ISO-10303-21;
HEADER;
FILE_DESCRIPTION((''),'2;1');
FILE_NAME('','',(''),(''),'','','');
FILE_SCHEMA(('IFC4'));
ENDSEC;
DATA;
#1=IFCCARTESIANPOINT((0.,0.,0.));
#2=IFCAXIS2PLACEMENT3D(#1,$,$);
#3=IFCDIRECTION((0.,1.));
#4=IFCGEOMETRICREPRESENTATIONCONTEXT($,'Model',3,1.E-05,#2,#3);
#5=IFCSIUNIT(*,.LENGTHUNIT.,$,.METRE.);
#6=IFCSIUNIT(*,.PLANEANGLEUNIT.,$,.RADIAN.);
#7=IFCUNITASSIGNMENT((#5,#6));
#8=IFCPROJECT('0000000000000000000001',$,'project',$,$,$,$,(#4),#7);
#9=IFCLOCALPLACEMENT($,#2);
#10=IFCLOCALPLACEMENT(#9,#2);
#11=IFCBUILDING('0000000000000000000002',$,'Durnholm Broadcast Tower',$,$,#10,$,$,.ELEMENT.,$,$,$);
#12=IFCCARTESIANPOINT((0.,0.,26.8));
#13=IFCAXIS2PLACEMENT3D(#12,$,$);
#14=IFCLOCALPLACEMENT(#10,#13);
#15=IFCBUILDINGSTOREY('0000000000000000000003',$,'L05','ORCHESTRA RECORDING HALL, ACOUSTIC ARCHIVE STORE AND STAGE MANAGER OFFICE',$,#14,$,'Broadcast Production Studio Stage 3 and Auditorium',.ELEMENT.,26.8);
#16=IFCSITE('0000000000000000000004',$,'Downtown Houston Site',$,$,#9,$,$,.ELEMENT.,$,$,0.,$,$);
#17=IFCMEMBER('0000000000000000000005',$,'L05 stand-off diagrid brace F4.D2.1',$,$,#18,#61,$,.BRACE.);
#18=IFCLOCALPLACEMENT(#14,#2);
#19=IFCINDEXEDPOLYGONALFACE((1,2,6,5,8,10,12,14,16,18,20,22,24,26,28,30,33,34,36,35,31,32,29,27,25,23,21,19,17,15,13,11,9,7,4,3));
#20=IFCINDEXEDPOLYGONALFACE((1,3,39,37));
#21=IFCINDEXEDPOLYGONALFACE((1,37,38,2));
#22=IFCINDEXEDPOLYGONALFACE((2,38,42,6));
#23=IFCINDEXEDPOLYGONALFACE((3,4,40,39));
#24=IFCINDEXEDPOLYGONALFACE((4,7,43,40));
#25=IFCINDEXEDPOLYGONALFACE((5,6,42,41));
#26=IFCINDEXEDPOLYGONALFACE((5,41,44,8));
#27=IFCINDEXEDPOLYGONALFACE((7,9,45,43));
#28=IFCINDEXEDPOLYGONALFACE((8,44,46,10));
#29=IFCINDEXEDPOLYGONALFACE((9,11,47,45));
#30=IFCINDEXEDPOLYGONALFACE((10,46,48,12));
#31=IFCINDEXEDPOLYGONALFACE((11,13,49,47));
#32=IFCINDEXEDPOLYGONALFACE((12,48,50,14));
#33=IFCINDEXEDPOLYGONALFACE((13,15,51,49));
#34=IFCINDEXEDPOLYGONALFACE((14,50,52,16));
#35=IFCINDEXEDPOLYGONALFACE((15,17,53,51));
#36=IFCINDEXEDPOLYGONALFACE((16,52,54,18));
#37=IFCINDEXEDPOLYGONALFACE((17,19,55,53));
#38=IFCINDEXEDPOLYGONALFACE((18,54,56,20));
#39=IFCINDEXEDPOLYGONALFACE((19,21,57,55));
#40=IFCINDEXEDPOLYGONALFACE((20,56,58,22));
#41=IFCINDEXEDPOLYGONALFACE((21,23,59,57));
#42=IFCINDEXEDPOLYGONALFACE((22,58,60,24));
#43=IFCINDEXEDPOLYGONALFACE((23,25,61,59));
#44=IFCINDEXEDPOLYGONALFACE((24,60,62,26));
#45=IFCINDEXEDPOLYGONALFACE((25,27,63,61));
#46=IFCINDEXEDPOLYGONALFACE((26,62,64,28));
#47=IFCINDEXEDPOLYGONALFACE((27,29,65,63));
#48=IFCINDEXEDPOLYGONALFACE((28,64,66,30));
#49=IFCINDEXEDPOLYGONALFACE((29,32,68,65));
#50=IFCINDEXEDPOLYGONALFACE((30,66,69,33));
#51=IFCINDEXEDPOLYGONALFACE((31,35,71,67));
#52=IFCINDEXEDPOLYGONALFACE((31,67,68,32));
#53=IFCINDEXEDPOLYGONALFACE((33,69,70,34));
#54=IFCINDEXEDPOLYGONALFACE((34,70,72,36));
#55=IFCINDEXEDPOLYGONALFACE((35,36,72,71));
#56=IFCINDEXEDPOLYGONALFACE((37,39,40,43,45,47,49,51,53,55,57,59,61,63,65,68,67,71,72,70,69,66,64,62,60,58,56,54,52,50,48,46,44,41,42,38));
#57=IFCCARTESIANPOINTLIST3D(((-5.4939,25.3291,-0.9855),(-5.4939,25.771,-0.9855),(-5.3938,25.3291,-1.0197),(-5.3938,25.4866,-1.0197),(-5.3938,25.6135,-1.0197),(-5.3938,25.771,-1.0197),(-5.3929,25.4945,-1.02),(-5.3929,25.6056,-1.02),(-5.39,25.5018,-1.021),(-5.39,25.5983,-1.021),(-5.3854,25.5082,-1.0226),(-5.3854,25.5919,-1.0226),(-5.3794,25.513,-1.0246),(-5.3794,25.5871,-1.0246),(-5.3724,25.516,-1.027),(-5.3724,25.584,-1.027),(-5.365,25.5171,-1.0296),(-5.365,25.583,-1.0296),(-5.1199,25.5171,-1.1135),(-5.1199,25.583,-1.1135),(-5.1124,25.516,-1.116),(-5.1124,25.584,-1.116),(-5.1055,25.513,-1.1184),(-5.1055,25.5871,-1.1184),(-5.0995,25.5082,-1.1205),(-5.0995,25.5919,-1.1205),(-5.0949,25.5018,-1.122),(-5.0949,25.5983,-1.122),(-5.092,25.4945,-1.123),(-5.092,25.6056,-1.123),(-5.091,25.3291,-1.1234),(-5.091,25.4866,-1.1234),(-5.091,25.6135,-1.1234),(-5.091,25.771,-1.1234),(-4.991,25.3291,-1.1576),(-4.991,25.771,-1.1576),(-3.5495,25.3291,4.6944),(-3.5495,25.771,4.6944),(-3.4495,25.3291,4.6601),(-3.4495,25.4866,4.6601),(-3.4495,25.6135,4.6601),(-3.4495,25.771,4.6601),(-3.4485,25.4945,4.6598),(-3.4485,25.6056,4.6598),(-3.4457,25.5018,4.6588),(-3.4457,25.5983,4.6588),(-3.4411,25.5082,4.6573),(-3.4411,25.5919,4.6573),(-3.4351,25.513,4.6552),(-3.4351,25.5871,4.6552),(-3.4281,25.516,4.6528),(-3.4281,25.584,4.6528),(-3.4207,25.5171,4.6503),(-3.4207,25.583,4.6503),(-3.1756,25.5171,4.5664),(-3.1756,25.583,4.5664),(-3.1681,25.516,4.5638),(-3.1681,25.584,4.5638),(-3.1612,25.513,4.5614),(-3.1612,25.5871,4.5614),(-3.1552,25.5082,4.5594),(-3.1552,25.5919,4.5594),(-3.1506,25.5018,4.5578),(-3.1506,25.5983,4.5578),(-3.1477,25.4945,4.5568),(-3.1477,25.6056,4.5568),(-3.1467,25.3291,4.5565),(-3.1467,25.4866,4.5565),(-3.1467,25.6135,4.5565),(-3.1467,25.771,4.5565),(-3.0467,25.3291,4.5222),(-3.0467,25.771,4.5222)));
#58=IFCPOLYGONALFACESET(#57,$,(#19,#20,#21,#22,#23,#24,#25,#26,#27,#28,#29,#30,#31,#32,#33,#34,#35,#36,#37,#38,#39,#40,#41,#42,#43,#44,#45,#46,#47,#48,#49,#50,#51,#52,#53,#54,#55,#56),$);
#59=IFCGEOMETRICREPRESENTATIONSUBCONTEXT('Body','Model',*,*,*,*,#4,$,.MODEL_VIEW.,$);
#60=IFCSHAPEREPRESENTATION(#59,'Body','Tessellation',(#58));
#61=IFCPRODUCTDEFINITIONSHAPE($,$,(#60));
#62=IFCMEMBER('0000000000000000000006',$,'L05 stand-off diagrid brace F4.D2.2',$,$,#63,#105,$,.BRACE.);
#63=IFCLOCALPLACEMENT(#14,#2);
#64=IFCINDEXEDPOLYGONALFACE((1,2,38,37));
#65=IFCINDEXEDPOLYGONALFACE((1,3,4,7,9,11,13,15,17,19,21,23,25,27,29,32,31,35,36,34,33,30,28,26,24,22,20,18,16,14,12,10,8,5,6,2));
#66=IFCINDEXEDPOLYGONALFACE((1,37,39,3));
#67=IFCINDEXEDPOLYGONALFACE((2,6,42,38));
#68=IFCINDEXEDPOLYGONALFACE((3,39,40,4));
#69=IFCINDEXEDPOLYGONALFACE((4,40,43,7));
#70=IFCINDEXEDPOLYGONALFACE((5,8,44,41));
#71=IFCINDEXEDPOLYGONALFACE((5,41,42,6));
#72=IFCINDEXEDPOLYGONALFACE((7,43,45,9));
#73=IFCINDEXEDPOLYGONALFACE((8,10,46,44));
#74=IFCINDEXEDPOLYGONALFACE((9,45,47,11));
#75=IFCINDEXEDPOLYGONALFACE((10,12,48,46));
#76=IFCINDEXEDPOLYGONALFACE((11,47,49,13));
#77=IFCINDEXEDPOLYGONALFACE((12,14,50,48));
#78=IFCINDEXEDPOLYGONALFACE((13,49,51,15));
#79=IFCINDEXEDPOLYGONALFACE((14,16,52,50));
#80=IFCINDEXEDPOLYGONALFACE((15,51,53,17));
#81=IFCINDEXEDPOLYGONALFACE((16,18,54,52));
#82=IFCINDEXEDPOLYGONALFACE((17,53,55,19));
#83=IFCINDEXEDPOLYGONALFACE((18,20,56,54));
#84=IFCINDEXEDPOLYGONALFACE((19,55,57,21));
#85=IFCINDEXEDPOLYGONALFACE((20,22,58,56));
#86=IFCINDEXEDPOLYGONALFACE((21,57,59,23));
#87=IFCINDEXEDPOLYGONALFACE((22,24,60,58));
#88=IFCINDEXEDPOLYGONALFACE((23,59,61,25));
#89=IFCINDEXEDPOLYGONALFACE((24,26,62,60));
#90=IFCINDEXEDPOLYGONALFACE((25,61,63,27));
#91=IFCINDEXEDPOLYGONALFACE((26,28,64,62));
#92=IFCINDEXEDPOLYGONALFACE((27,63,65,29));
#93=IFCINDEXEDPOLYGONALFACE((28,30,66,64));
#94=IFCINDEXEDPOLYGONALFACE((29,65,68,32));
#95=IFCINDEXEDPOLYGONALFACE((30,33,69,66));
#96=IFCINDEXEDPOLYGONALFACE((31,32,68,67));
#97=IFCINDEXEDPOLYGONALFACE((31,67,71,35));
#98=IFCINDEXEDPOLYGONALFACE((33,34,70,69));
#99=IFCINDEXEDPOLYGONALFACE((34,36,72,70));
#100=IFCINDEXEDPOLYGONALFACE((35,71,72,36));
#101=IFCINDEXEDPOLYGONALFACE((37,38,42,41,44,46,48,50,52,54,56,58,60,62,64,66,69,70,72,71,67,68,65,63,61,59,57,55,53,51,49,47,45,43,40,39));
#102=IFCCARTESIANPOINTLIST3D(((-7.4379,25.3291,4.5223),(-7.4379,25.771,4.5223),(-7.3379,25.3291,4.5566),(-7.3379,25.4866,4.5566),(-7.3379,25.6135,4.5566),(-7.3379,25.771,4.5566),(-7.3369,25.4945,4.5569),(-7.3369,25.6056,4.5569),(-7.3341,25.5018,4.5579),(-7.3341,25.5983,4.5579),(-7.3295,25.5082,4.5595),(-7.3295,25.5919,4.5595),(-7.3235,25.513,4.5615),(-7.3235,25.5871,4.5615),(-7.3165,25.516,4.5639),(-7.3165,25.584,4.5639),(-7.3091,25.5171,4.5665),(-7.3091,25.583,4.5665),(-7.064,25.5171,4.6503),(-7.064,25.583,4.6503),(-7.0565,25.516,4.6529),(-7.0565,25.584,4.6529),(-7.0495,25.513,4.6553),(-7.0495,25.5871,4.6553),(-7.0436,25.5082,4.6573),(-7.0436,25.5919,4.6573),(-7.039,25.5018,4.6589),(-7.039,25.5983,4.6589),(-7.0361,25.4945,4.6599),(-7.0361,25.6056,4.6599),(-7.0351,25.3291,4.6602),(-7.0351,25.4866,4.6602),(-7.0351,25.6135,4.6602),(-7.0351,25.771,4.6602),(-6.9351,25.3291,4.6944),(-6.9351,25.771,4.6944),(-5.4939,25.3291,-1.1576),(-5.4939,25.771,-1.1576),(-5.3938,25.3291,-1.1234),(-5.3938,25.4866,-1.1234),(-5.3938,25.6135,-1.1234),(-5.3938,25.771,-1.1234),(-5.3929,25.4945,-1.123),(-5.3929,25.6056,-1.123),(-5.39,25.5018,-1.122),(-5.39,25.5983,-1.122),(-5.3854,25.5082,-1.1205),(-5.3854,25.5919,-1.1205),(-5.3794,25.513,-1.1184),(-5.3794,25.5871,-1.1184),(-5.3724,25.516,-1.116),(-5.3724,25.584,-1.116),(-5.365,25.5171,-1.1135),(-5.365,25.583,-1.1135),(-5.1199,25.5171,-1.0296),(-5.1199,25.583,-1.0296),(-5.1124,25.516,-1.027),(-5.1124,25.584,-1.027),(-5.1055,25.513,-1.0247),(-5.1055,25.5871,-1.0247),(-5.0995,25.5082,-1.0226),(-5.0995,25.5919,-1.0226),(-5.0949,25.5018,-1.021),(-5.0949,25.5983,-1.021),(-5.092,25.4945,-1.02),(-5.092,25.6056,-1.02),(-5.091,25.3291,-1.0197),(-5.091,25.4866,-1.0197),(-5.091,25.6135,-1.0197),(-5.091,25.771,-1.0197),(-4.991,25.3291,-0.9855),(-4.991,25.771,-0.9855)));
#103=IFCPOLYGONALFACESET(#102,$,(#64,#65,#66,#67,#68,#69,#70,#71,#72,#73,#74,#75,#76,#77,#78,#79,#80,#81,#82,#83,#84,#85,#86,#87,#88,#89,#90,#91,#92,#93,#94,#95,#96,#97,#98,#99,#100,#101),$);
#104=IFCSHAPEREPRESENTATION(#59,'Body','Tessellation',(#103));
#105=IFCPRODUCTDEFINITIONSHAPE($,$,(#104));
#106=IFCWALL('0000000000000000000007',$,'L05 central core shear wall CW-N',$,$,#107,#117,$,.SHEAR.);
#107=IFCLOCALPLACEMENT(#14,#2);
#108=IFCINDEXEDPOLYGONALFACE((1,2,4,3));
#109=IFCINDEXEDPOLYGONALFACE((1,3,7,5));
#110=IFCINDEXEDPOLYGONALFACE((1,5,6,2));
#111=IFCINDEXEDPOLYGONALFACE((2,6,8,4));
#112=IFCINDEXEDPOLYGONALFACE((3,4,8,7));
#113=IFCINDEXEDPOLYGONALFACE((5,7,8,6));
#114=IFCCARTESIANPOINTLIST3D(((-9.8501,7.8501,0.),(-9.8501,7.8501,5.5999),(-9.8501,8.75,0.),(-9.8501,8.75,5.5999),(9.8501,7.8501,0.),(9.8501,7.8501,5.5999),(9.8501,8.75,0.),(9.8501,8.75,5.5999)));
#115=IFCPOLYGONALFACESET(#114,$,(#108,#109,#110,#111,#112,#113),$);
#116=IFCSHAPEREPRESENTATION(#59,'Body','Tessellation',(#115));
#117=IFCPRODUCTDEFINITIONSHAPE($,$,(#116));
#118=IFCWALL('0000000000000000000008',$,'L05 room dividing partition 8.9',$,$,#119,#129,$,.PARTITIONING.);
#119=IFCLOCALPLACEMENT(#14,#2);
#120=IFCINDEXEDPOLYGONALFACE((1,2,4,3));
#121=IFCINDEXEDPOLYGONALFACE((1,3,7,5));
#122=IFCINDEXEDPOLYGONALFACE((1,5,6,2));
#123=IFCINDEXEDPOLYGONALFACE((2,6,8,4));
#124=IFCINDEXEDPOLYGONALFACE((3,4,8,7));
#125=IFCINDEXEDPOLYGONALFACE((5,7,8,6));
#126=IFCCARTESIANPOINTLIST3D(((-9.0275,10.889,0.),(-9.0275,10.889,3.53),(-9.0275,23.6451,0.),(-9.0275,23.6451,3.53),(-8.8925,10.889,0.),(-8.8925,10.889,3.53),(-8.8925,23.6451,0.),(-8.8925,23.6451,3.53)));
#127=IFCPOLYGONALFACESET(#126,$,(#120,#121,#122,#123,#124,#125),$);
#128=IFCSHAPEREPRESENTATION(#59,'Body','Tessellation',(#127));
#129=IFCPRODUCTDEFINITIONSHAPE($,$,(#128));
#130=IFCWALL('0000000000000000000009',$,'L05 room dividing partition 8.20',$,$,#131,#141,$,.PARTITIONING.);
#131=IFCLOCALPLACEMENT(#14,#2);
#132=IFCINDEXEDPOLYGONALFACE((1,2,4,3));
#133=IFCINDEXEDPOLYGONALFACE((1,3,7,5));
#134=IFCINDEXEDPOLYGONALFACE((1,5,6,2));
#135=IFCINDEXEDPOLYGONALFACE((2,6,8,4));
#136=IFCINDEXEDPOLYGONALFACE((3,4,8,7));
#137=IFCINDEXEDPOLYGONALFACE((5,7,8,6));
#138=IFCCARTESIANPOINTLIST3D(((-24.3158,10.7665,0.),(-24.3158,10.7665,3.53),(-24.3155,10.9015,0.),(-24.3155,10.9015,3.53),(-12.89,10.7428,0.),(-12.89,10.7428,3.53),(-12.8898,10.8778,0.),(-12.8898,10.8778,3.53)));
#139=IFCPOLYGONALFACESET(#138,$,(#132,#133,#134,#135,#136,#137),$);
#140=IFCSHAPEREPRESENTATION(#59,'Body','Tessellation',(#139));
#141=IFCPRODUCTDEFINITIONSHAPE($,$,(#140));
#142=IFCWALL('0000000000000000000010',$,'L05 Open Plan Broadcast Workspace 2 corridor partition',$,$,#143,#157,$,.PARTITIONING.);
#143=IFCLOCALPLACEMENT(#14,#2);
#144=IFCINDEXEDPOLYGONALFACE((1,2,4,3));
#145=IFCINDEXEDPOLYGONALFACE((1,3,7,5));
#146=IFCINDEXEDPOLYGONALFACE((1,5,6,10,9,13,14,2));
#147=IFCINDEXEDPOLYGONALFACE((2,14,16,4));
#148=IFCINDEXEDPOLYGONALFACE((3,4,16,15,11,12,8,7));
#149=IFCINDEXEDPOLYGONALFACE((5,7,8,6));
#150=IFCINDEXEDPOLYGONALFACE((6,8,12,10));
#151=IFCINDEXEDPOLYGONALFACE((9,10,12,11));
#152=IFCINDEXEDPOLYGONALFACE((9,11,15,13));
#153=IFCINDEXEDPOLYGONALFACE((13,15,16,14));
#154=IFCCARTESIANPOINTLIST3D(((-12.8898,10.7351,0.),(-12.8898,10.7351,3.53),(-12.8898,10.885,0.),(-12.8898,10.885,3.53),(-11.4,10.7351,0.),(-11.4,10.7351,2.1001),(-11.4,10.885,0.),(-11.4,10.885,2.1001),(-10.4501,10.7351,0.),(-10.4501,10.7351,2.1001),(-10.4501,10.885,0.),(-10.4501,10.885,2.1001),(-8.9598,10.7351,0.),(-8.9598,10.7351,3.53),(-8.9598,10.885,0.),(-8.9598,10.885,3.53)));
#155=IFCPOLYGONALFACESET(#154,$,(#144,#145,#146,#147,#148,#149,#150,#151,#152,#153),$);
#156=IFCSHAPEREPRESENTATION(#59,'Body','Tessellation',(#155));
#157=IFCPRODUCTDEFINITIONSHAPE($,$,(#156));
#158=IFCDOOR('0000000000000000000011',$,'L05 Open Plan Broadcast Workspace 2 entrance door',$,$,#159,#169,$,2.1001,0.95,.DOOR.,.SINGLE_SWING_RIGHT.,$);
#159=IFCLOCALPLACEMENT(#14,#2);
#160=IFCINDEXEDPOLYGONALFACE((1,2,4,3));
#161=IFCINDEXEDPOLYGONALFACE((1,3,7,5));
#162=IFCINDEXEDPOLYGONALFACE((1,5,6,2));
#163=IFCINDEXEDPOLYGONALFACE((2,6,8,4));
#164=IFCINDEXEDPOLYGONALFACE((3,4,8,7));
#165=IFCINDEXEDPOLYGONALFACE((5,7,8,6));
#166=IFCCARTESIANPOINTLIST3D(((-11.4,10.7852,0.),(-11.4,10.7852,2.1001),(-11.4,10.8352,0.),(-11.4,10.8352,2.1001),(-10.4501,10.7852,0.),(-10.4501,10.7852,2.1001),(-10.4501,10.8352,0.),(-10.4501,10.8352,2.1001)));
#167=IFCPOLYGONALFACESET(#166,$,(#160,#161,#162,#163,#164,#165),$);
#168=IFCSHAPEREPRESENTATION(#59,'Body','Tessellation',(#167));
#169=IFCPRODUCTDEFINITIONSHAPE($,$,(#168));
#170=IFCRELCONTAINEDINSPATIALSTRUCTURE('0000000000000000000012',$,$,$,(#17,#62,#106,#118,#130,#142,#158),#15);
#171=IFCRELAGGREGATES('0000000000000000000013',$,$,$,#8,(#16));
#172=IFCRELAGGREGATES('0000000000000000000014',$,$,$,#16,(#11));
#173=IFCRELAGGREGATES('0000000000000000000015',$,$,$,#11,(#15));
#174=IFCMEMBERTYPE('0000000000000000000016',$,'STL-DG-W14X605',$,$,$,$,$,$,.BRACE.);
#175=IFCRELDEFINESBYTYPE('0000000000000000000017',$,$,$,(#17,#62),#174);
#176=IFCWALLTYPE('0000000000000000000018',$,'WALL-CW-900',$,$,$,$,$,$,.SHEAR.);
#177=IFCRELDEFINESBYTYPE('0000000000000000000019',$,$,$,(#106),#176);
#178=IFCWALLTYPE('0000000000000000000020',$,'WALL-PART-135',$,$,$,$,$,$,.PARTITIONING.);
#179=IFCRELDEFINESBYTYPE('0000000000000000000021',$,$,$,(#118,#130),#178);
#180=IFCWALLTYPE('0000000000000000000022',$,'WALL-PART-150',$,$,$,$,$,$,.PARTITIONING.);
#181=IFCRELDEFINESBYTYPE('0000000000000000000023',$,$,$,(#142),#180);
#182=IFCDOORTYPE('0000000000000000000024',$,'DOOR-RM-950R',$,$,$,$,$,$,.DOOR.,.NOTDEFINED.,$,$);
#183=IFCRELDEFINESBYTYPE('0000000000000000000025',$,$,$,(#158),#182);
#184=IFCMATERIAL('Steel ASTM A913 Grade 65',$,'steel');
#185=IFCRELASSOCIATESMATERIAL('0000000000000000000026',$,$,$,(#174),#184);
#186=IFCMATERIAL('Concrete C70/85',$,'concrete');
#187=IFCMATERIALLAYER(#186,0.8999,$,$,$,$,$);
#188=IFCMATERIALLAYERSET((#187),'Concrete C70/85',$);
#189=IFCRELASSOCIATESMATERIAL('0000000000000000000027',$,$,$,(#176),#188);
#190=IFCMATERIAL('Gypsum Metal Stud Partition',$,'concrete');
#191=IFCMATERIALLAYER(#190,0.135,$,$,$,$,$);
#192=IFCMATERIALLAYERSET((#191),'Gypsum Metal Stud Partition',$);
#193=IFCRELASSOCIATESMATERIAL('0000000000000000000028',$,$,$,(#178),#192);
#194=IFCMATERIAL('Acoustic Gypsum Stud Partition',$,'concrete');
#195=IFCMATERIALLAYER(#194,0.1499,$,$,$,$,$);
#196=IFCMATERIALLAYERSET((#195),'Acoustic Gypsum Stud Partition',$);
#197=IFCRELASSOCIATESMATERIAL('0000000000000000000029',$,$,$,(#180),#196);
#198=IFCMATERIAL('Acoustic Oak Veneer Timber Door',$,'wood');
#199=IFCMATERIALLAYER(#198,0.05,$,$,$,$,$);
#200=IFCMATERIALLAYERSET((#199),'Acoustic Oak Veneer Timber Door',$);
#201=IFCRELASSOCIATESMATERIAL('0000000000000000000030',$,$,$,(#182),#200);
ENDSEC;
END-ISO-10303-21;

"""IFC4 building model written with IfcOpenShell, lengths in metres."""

from ifc_helpers import new_model, si_unit, direction, frame, frame_2d, origin, origin_2d, place, context, subcontext, project, spatial, rectangle, i_section, extrude, source, transform, mapped, material, layer, layer_set, material_profile, profile_set, type_object, type_shapes, element, fill, save


model = new_model("IFC4")

# Units and contexts
model_context = context("Model", 3, precision=1e-05, world=origin(), true_north=direction((0.0, 1.0)))
body_context = subcontext(model_context, "Body", "Model", "MODEL_VIEW")
ifc_project = project(units=[si_unit("LENGTHUNIT", "METRE"), si_unit("PLANEANGLEUNIT", "RADIAN")], contexts=[model_context])

# Site, building, storey
site_placement = place(None, origin())
site = spatial("IfcSite", under=ifc_project, at=site_placement, Name="Downtown Houston Site", CompositionType="ELEMENT", RefElevation=0.0)
building_placement = place(site_placement, origin())
building = spatial("IfcBuilding", under=site, at=building_placement, Name="Durnholm Broadcast Tower", CompositionType="ELEMENT")
storey_placement = place(building_placement, frame((0.0, 0.0, 26.8)))
storey = spatial("IfcBuildingStorey", under=building, at=storey_placement, Name="L05", Description="ORCHESTRA RECORDING HALL, ACOUSTIC ARCHIVE STORE AND STAGE MANAGER OFFICE", LongName="Broadcast Production Studio Stage 3 and Auditorium", CompositionType="ELEMENT", Elevation=26.8)

# Shared definitions
ifc_material_1 = material(Name="Concrete C70/85", Category="concrete")
ifc_material_2 = material(Name="Steel ASTM A913 Grade 65", Category="steel")

# Members
ifc_material_profile_1 = material_profile(ifc_material_2, i_section(OverallWidth=0.4419, OverallDepth=0.5315, WebThickness=0.0659, FlangeThickness=0.1057, FilletRadius=0.0305, at=origin_2d()), Name="W14X605")
ifc_profile_set_1 = profile_set([ifc_material_profile_1], Name="Steel ASTM A913 Grade 65")
member_type = type_object("IfcMemberType", Name="STL-DG-W14X605", PredefinedType="BRACE", material=ifc_profile_set_1)
shared_shape_1 = source(origin(), body_context, "Body", "SweptSolid", [
    extrude(i_section(OverallWidth=0.4419, OverallDepth=0.5315, WebThickness=0.0659, FlangeThickness=0.1057, FilletRadius=0.0305, at=origin_2d()), origin(), (0.0, 0.0, 1.0), 6.0034),
])
type_shapes(member_type, [shared_shape_1])
for number, where, z_axis, x_axis, name in (
    (1, (-5.2424, 25.55, -1.0715), (0.323867, 0.0, 0.946103), (0.0, 1.0, 0.0), "L05 stand-off diagrid brace F4.D2.1"),
    (2, (-5.2424, 25.55, -1.0715), (-0.32383, 0.0, 0.946115), (0.0, -1.0, 0.0), "L05 stand-off diagrid brace F4.D2.2"),
):
    element("IfcMember", number, at=place(storey_placement, frame(where, z_axis=z_axis, x_axis=x_axis)), inside=storey, type_object=member_type, Name=name, PredefinedType="BRACE", context=body_context, shape_type="MappedRepresentation", body=[
        mapped(shared_shape_1, transform((0.0, 0.0, 0.0), x_axis=(1.0, 0.0, 0.0), y_axis=(0.0, 1.0, 0.0), z_axis=(0.0, 0.0, 1.0), scale=1.0)),
    ])

# Walls
ifc_layer_1 = layer(ifc_material_1, 0.8999)
ifc_layer_set_1 = layer_set([ifc_layer_1], Name="Concrete C70/85")
wall_type_1 = type_object("IfcWallType", Name="WALL-CW-900", PredefinedType="SHEAR", material=ifc_layer_set_1)
wall_1_placement = place(storey_placement, frame((-9.8501, 8.3, 0.0), z_axis=(0.0, 0.0, 1.0), x_axis=(1.0, 0.0, 0.0)))
element("IfcWall", 3, at=wall_1_placement, inside=storey, type_object=wall_type_1, Name="L05 central core shear wall CW-N", PredefinedType="SHEAR", context=body_context, shape_type="SweptSolid", body=[
    extrude(rectangle(XDim=19.7002, YDim=0.8999, at=frame_2d((9.8501, 0.0))), origin(), (0.0, 0.0, 1.0), 5.5999),
])
ifc_material_3 = material(Name="Gypsum Metal Stud Partition", Category="concrete")
ifc_layer_2 = layer(ifc_material_3, 0.135)
ifc_layer_set_2 = layer_set([ifc_layer_2], Name="Gypsum Metal Stud Partition")
wall_type_2 = type_object("IfcWallType", Name="WALL-PART-135", PredefinedType="PARTITIONING", material=ifc_layer_set_2)
wall_2_placement = place(storey_placement, frame((-8.96, 23.645, 0.0), z_axis=(0.0, 0.0, 1.0), x_axis=(0.0, -1.0, 0.0)))
element("IfcWall", 4, at=wall_2_placement, inside=storey, type_object=wall_type_2, Name="L05 room dividing partition 8.9", PredefinedType="PARTITIONING", context=body_context, shape_type="SweptSolid", body=[
    extrude(rectangle(XDim=12.7561, YDim=0.135, at=frame_2d((6.3779, 0.0))), origin(), (0.0, 0.0, 1.0), 3.53),
])
wall_3_placement = place(storey_placement, frame((-12.8899, 10.8103, 0.0), z_axis=(0.0, 0.0, 1.0), x_axis=(-0.999998, 0.002073, 0.0)))
element("IfcWall", 5, at=wall_3_placement, inside=storey, type_object=wall_type_2, Name="L05 room dividing partition 8.20", PredefinedType="PARTITIONING", context=body_context, shape_type="SweptSolid", body=[
    extrude(rectangle(XDim=11.4258, YDim=0.135, at=frame_2d((5.7129, 0.0))), origin(), (0.0, 0.0, 1.0), 3.53),
])

# Wall, opening, door
ifc_material_4 = material(Name="Acoustic Gypsum Stud Partition", Category="concrete")
ifc_layer_3 = layer(ifc_material_4, 0.1499)
ifc_layer_set_3 = layer_set([ifc_layer_3], Name="Acoustic Gypsum Stud Partition")
wall_type_3 = type_object("IfcWallType", Name="WALL-PART-150", PredefinedType="PARTITIONING", material=ifc_layer_set_3)
wall_4_placement = place(storey_placement, frame((-8.96, 10.8101, 0.0), z_axis=(0.0, 0.0, 1.0), x_axis=(-1.0, 0.0, 0.0)))
wall_4 = element("IfcWall", 6, at=wall_4_placement, inside=storey, type_object=wall_type_3, Name="L05 Open Plan Broadcast Workspace 2 corridor partition", PredefinedType="PARTITIONING", context=body_context, shape_type="SweptSolid", body=[
    extrude(rectangle(XDim=3.9299, YDim=0.1499, at=frame_2d((1.9648, 0.0))), origin(), (0.0, 0.0, 1.0), 3.53),
])
opening_1_placement = place(wall_4_placement, frame((1.49, 0.0, 0.0)))
opening_1 = element("IfcOpeningElement", 7, at=opening_1_placement, cuts=wall_4, PredefinedType="OPENING", context=body_context, shape_type="SweptSolid", body=[
    extrude(rectangle(XDim=0.95, YDim=2.1001, at=frame_2d((0.4751, 1.05))), frame((0.0, 0.085, 0.0), z_axis=(0.0, -1.0, 0.0), x_axis=(1.0, 0.0, 0.0)), (0.0, 0.0, 1.0), 0.1699),
])
ifc_material_5 = material(Name="Acoustic Oak Veneer Timber Door", Category="wood")
ifc_layer_4 = layer(ifc_material_5, 0.05)
ifc_layer_set_4 = layer_set([ifc_layer_4], Name="Acoustic Oak Veneer Timber Door")
door_type_1 = type_object("IfcDoorType", Name="DOOR-RM-950R", OperationType="NOTDEFINED", PredefinedType="DOOR", material=ifc_layer_set_4)
shared_shape_2 = source(origin(), body_context, "Body", "SweptSolid", [
    extrude(rectangle(XDim=0.95, YDim=2.1001, at=frame_2d((0.4751, 1.05))), frame((0.0, 0.0249, 0.0), z_axis=(0.0, -1.0, 0.0), x_axis=(1.0, 0.0, 0.0)), (0.0, 0.0, 1.0), 0.05),
])
type_shapes(door_type_1, [shared_shape_2])
door_1_placement = place(opening_1_placement, origin())
door_1 = element("IfcDoor", 8, at=door_1_placement, inside=storey, type_object=door_type_1, Name="L05 Open Plan Broadcast Workspace 2 entrance door", OperationType="SINGLE_SWING_RIGHT", OverallHeight=2.1001, OverallWidth=0.95, PredefinedType="DOOR", context=body_context, shape_type="MappedRepresentation", body=[
    mapped(shared_shape_2, transform((0.0, 0.0, 0.0), x_axis=(1.0, 0.0, 0.0), y_axis=(0.0, 1.0, 0.0), z_axis=(0.0, 0.0, 1.0), scale=1.0)),
])
fill(opening_1, door_1)

save(model, "model.ifc")
